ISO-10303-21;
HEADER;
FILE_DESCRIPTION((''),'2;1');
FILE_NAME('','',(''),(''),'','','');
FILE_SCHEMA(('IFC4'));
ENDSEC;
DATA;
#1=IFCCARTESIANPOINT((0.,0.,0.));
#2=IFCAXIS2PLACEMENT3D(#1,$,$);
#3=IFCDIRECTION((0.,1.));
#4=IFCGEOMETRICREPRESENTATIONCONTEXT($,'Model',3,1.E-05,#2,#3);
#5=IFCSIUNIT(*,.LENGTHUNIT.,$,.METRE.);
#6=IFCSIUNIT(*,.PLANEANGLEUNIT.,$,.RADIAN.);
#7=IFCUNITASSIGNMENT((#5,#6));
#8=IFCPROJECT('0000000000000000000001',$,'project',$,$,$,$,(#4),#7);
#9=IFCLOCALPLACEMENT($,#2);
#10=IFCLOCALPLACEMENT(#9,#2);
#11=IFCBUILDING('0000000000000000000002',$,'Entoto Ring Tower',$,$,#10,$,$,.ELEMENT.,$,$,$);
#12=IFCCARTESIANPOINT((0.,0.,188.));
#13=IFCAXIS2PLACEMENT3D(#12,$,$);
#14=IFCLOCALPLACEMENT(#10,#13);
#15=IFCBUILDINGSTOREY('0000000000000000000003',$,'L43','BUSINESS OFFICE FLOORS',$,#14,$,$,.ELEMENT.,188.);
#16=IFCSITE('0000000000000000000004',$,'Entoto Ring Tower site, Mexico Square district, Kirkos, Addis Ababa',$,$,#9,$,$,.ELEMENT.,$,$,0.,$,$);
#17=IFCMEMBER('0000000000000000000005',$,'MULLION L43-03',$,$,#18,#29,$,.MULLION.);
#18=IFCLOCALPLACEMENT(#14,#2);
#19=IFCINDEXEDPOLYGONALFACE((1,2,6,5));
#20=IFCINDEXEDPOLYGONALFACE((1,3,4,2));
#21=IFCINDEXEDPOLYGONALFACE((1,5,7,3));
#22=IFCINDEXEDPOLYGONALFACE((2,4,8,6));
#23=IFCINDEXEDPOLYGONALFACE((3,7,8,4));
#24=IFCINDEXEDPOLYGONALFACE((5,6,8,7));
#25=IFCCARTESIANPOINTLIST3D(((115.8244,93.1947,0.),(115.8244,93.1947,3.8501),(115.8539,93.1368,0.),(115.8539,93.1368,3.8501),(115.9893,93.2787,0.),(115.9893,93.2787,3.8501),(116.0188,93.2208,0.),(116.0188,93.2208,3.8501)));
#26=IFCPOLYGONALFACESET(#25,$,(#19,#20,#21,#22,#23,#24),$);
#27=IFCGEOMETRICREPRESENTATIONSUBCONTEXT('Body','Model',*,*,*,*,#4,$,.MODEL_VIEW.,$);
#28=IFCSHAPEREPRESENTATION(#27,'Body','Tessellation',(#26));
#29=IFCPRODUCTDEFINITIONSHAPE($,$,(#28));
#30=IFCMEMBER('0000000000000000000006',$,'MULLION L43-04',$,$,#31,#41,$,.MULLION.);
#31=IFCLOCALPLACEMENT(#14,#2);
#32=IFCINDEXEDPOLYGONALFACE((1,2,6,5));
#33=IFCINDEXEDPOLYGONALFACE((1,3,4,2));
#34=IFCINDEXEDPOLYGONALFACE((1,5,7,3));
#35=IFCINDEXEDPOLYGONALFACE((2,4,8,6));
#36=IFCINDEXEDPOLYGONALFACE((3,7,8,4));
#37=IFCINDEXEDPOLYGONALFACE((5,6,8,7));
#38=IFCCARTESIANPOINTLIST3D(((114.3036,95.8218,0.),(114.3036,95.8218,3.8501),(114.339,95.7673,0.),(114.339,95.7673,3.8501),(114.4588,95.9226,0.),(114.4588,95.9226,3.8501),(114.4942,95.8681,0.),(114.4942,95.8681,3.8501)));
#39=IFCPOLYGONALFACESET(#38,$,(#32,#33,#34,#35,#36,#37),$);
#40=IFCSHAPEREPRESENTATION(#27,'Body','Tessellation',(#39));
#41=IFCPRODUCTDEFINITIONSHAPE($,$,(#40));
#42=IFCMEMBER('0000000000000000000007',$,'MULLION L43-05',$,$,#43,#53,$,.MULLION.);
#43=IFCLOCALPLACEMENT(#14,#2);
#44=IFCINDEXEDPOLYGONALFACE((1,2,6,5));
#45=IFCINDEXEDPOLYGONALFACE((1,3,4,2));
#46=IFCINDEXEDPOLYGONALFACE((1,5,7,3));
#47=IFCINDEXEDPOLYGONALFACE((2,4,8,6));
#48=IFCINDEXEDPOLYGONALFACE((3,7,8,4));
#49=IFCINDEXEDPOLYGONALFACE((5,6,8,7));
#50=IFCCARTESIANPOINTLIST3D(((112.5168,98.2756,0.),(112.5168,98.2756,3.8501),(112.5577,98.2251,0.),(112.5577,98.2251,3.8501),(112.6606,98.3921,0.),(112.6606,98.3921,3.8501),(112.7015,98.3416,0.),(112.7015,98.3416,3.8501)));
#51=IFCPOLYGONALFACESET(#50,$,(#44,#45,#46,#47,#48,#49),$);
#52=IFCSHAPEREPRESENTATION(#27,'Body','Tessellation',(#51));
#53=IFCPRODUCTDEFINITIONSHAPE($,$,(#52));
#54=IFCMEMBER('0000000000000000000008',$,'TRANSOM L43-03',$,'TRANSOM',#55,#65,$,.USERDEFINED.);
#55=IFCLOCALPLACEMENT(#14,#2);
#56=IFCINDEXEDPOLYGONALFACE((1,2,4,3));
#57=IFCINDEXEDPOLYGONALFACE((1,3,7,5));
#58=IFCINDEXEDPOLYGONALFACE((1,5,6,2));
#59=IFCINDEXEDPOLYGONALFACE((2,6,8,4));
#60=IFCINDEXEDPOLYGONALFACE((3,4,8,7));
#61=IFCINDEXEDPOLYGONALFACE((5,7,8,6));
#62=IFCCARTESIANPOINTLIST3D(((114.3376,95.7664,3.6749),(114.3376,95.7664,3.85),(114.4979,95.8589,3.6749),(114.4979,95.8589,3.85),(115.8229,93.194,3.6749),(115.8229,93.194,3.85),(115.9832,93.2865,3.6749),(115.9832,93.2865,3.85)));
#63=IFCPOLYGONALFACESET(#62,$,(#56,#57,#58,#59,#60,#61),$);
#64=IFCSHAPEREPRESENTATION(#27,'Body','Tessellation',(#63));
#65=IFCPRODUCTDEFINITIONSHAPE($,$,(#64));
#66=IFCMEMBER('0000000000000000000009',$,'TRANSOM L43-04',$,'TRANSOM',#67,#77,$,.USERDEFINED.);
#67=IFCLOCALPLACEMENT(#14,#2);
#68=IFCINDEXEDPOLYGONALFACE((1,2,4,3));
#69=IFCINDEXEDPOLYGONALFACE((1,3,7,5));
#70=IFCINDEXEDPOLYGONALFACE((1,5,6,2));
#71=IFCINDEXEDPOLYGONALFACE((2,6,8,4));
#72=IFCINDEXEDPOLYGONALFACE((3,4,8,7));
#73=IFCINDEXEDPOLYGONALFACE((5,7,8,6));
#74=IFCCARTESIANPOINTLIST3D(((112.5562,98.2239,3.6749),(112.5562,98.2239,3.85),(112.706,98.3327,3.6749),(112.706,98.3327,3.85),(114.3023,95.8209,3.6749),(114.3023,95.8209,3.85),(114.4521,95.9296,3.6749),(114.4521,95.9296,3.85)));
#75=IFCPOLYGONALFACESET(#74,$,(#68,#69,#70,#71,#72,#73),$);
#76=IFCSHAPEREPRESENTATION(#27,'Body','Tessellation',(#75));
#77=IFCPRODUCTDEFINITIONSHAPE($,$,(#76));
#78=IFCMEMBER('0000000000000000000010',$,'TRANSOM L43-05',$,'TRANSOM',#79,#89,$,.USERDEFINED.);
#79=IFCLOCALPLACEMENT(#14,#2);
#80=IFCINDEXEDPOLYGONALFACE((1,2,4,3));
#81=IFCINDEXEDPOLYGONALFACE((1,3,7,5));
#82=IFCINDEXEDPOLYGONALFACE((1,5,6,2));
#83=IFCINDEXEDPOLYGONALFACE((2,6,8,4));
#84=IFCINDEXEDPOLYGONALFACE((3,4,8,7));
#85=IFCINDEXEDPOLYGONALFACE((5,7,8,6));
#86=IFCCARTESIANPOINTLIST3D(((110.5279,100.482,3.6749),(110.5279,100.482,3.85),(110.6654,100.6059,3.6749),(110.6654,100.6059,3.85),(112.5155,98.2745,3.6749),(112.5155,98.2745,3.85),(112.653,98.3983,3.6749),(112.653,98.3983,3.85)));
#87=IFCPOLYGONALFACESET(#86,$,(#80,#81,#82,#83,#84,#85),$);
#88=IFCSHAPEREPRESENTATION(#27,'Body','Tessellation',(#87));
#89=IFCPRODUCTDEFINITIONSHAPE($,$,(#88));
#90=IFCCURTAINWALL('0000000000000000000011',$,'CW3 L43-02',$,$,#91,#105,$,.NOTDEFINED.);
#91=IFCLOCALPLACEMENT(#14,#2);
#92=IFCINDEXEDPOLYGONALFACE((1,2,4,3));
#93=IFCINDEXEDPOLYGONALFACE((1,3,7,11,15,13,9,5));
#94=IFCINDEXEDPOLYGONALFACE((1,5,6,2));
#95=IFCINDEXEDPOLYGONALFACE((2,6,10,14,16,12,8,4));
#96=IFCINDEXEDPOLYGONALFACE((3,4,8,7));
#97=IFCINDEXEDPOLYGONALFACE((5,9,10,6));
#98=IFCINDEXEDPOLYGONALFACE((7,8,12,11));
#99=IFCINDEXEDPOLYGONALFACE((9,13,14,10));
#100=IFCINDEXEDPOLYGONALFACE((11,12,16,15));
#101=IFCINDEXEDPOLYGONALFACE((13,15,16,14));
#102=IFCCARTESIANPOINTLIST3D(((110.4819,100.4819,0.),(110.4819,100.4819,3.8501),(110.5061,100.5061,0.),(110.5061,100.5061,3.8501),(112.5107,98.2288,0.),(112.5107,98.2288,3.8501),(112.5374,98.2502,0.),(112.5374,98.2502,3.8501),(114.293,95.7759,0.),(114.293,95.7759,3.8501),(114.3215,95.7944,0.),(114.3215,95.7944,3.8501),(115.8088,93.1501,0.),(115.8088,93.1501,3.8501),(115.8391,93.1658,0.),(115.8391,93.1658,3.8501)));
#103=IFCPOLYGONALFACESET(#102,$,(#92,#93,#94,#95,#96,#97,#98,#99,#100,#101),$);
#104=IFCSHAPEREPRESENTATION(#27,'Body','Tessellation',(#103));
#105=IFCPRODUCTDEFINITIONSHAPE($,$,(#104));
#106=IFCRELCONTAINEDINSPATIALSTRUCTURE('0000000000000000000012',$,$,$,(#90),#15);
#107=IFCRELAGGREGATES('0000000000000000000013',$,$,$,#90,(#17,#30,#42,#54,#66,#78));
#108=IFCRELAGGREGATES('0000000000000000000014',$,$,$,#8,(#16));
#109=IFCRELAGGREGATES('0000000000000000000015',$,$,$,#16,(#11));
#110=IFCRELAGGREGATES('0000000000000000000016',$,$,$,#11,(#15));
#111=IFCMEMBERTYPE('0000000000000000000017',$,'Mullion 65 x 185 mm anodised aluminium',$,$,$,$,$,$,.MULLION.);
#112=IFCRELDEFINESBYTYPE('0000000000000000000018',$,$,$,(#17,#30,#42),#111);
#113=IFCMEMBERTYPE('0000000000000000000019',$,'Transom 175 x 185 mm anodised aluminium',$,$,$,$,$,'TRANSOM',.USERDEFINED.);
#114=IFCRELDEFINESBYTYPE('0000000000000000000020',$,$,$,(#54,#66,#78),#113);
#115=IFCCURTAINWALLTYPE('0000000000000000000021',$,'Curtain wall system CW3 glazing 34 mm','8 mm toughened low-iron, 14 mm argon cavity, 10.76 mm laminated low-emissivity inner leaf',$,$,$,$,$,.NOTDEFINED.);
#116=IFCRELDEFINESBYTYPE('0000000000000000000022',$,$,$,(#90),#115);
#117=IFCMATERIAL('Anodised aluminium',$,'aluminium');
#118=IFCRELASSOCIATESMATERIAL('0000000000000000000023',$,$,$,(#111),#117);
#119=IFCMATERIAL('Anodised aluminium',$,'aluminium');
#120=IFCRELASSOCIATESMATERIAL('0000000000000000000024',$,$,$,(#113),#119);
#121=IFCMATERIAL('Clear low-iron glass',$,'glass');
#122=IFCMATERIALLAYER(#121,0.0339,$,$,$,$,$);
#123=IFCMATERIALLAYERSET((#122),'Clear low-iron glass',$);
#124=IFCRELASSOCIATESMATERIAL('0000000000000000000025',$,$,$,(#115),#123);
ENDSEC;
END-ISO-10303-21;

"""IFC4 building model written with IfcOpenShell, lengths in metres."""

from ifc_helpers import new_model, si_unit, direction, frame, origin, origin_2d, place, context, subcontext, project, spatial, polyline, rectangle, outline, extrude, material, layer, layer_set, material_profile, profile_set, type_object, element, aggregate, save


model = new_model("IFC4")

# Units and contexts
model_context = context("Model", 3, precision=1e-05, world=origin(), true_north=direction((0.0, 1.0)))
body_context = subcontext(model_context, "Body", "Model", "MODEL_VIEW")
ifc_project = project(units=[si_unit("LENGTHUNIT", "METRE"), si_unit("PLANEANGLEUNIT", "RADIAN")], contexts=[model_context])

# Members
ifc_material_1 = material(Name="Anodised aluminium", Category="aluminium")
ifc_material_profile_1 = material_profile(ifc_material_1, rectangle(XDim=0.0649, YDim=0.1851, at=origin_2d()), Name="Mullion 65 x 185 mm anodised aluminium")
ifc_profile_set_1 = profile_set([ifc_material_profile_1], Name="Anodised aluminium")
member_type_1 = type_object("IfcMemberType", Name="Mullion 65 x 185 mm anodised aluminium", PredefinedType="MULLION", material=ifc_profile_set_1)
site_placement = place(None, origin())
building_placement = place(site_placement, origin())
storey_placement = place(building_placement, frame((0.0, 0.0, 188.0)))
member_1_placement = place(storey_placement, frame((115.9216, 93.2078, 0.0), z_axis=(0.0, 0.0, 1.0), x_axis=(-0.45399, 0.891007, 0.0)))
member_1 = element("IfcMember", 1, at=member_1_placement, type_object=member_type_1, Name="MULLION L43-03", PredefinedType="MULLION", context=body_context, shape_type="SweptSolid", body=[
    extrude(rectangle(XDim=0.0649, YDim=0.1851, at=origin_2d()), origin(), (0.0, 0.0, 1.0), 3.8501),
])
member_2_placement = place(storey_placement, frame((114.3989, 95.845, 0.0), z_axis=(0.0, 0.0, 1.0), x_axis=(-0.544639, 0.838671, 0.0)))
member_2 = element("IfcMember", 2, at=member_2_placement, type_object=member_type_1, Name="MULLION L43-04", PredefinedType="MULLION", context=body_context, shape_type="SweptSolid", body=[
    extrude(rectangle(XDim=0.0649, YDim=0.1851, at=origin_2d()), origin(), (0.0, 0.0, 1.0), 3.8501),
])
member_3_placement = place(storey_placement, frame((112.6091, 98.3086, 0.0), z_axis=(0.0, 0.0, 1.0), x_axis=(-0.62932, 0.777146, 0.0)))
member_3 = element("IfcMember", 3, at=member_3_placement, type_object=member_type_1, Name="MULLION L43-05", PredefinedType="MULLION", context=body_context, shape_type="SweptSolid", body=[
    extrude(rectangle(XDim=0.0649, YDim=0.1851, at=origin_2d()), origin(), (0.0, 0.0, 1.0), 3.8501),
])
ifc_material_2 = material(Name="Anodised aluminium", Category="aluminium")
ifc_material_profile_2 = material_profile(ifc_material_2, rectangle(XDim=0.1851, YDim=0.175, at=origin_2d()), Name="Transom 175 x 185 mm anodised aluminium")
ifc_profile_set_2 = profile_set([ifc_material_profile_2], Name="Anodised aluminium")
member_type_2 = type_object("IfcMemberType", Name="Transom 175 x 185 mm anodised aluminium", ElementType="TRANSOM", PredefinedType="USERDEFINED", material=ifc_profile_set_2)
member_4_placement = place(storey_placement, frame((115.9031, 93.2402, 3.7625), z_axis=(-0.500028, 0.866009, 0.0), x_axis=(-0.866009, -0.500028, 0.0)))
member_4 = element("IfcMember", 4, at=member_4_placement, type_object=member_type_2, Name="TRANSOM L43-03", ObjectType="TRANSOM", PredefinedType="USERDEFINED", context=body_context, shape_type="SweptSolid", body=[
    extrude(rectangle(XDim=0.1851, YDim=0.175, at=origin_2d()), origin(), (0.0, 0.0, 1.0), 2.9705),
])
member_5_placement = place(storey_placement, frame((114.3772, 95.8752, 3.7625), z_axis=(-0.58782, 0.808992, 0.0), x_axis=(-0.808992, -0.58782, 0.0)))
member_5 = element("IfcMember", 5, at=member_5_placement, type_object=member_type_2, Name="TRANSOM L43-04", ObjectType="TRANSOM", PredefinedType="USERDEFINED", context=body_context, shape_type="SweptSolid", body=[
    extrude(rectangle(XDim=0.1851, YDim=0.175, at=origin_2d()), origin(), (0.0, 0.0, 1.0), 2.9705),
])
member_6_placement = place(storey_placement, frame((112.5842, 98.3364, 3.7625), z_axis=(-0.66911, 0.743163, 0.0), x_axis=(-0.743163, -0.66911, 0.0)))
member_6 = element("IfcMember", 6, at=member_6_placement, type_object=member_type_2, Name="TRANSOM L43-05", ObjectType="TRANSOM", PredefinedType="USERDEFINED", context=body_context, shape_type="SweptSolid", body=[
    extrude(rectangle(XDim=0.1851, YDim=0.175, at=origin_2d()), origin(), (0.0, 0.0, 1.0), 2.9705),
])

# Site, building, storey
site = spatial("IfcSite", under=ifc_project, at=site_placement, Name="Entoto Ring Tower site, Mexico Square district, Kirkos, Addis Ababa", CompositionType="ELEMENT", RefElevation=0.0)
building = spatial("IfcBuilding", under=site, at=building_placement, Name="Entoto Ring Tower", CompositionType="ELEMENT")
storey = spatial("IfcBuildingStorey", under=building, at=storey_placement, Name="L43", Description="BUSINESS OFFICE FLOORS", CompositionType="ELEMENT", Elevation=188.0)

# Curtain wall
ifc_material_3 = material(Name="Clear low-iron glass", Category="glass")
ifc_layer_1 = layer(ifc_material_3, 0.0339)
ifc_layer_set_1 = layer_set([ifc_layer_1], Name="Clear low-iron glass")
curtain_wall_type = type_object("IfcCurtainWallType", Name="Curtain wall system CW3 glazing 34 mm", Description="8 mm toughened low-iron, 14 mm argon cavity, 10.76 mm laminated low-emissivity inner leaf", PredefinedType="NOTDEFINED", material=ifc_layer_set_1)
curtain_wall_1_placement = place(storey_placement, origin())
curtain_wall_1 = element("IfcCurtainWall", 7, at=curtain_wall_1_placement, inside=storey, type_object=curtain_wall_type, Name="CW3 L43-02", PredefinedType="NOTDEFINED", context=body_context, shape_type="SweptSolid", body=[
    extrude(outline(polyline([(115.8391, 93.1658), (114.3215, 95.7944), (112.5374, 98.2502), (110.5061, 100.5061), (110.4819, 100.4819), (112.5107, 98.2288), (114.293, 95.7759), (115.8088, 93.1501), (115.8391, 93.1658)])), origin(), (0.0, 0.0, 1.0), 3.8501),
])
aggregate(curtain_wall_1, [member_1, member_2, member_3, member_4, member_5, member_6])

save(model, "model.ifc")
